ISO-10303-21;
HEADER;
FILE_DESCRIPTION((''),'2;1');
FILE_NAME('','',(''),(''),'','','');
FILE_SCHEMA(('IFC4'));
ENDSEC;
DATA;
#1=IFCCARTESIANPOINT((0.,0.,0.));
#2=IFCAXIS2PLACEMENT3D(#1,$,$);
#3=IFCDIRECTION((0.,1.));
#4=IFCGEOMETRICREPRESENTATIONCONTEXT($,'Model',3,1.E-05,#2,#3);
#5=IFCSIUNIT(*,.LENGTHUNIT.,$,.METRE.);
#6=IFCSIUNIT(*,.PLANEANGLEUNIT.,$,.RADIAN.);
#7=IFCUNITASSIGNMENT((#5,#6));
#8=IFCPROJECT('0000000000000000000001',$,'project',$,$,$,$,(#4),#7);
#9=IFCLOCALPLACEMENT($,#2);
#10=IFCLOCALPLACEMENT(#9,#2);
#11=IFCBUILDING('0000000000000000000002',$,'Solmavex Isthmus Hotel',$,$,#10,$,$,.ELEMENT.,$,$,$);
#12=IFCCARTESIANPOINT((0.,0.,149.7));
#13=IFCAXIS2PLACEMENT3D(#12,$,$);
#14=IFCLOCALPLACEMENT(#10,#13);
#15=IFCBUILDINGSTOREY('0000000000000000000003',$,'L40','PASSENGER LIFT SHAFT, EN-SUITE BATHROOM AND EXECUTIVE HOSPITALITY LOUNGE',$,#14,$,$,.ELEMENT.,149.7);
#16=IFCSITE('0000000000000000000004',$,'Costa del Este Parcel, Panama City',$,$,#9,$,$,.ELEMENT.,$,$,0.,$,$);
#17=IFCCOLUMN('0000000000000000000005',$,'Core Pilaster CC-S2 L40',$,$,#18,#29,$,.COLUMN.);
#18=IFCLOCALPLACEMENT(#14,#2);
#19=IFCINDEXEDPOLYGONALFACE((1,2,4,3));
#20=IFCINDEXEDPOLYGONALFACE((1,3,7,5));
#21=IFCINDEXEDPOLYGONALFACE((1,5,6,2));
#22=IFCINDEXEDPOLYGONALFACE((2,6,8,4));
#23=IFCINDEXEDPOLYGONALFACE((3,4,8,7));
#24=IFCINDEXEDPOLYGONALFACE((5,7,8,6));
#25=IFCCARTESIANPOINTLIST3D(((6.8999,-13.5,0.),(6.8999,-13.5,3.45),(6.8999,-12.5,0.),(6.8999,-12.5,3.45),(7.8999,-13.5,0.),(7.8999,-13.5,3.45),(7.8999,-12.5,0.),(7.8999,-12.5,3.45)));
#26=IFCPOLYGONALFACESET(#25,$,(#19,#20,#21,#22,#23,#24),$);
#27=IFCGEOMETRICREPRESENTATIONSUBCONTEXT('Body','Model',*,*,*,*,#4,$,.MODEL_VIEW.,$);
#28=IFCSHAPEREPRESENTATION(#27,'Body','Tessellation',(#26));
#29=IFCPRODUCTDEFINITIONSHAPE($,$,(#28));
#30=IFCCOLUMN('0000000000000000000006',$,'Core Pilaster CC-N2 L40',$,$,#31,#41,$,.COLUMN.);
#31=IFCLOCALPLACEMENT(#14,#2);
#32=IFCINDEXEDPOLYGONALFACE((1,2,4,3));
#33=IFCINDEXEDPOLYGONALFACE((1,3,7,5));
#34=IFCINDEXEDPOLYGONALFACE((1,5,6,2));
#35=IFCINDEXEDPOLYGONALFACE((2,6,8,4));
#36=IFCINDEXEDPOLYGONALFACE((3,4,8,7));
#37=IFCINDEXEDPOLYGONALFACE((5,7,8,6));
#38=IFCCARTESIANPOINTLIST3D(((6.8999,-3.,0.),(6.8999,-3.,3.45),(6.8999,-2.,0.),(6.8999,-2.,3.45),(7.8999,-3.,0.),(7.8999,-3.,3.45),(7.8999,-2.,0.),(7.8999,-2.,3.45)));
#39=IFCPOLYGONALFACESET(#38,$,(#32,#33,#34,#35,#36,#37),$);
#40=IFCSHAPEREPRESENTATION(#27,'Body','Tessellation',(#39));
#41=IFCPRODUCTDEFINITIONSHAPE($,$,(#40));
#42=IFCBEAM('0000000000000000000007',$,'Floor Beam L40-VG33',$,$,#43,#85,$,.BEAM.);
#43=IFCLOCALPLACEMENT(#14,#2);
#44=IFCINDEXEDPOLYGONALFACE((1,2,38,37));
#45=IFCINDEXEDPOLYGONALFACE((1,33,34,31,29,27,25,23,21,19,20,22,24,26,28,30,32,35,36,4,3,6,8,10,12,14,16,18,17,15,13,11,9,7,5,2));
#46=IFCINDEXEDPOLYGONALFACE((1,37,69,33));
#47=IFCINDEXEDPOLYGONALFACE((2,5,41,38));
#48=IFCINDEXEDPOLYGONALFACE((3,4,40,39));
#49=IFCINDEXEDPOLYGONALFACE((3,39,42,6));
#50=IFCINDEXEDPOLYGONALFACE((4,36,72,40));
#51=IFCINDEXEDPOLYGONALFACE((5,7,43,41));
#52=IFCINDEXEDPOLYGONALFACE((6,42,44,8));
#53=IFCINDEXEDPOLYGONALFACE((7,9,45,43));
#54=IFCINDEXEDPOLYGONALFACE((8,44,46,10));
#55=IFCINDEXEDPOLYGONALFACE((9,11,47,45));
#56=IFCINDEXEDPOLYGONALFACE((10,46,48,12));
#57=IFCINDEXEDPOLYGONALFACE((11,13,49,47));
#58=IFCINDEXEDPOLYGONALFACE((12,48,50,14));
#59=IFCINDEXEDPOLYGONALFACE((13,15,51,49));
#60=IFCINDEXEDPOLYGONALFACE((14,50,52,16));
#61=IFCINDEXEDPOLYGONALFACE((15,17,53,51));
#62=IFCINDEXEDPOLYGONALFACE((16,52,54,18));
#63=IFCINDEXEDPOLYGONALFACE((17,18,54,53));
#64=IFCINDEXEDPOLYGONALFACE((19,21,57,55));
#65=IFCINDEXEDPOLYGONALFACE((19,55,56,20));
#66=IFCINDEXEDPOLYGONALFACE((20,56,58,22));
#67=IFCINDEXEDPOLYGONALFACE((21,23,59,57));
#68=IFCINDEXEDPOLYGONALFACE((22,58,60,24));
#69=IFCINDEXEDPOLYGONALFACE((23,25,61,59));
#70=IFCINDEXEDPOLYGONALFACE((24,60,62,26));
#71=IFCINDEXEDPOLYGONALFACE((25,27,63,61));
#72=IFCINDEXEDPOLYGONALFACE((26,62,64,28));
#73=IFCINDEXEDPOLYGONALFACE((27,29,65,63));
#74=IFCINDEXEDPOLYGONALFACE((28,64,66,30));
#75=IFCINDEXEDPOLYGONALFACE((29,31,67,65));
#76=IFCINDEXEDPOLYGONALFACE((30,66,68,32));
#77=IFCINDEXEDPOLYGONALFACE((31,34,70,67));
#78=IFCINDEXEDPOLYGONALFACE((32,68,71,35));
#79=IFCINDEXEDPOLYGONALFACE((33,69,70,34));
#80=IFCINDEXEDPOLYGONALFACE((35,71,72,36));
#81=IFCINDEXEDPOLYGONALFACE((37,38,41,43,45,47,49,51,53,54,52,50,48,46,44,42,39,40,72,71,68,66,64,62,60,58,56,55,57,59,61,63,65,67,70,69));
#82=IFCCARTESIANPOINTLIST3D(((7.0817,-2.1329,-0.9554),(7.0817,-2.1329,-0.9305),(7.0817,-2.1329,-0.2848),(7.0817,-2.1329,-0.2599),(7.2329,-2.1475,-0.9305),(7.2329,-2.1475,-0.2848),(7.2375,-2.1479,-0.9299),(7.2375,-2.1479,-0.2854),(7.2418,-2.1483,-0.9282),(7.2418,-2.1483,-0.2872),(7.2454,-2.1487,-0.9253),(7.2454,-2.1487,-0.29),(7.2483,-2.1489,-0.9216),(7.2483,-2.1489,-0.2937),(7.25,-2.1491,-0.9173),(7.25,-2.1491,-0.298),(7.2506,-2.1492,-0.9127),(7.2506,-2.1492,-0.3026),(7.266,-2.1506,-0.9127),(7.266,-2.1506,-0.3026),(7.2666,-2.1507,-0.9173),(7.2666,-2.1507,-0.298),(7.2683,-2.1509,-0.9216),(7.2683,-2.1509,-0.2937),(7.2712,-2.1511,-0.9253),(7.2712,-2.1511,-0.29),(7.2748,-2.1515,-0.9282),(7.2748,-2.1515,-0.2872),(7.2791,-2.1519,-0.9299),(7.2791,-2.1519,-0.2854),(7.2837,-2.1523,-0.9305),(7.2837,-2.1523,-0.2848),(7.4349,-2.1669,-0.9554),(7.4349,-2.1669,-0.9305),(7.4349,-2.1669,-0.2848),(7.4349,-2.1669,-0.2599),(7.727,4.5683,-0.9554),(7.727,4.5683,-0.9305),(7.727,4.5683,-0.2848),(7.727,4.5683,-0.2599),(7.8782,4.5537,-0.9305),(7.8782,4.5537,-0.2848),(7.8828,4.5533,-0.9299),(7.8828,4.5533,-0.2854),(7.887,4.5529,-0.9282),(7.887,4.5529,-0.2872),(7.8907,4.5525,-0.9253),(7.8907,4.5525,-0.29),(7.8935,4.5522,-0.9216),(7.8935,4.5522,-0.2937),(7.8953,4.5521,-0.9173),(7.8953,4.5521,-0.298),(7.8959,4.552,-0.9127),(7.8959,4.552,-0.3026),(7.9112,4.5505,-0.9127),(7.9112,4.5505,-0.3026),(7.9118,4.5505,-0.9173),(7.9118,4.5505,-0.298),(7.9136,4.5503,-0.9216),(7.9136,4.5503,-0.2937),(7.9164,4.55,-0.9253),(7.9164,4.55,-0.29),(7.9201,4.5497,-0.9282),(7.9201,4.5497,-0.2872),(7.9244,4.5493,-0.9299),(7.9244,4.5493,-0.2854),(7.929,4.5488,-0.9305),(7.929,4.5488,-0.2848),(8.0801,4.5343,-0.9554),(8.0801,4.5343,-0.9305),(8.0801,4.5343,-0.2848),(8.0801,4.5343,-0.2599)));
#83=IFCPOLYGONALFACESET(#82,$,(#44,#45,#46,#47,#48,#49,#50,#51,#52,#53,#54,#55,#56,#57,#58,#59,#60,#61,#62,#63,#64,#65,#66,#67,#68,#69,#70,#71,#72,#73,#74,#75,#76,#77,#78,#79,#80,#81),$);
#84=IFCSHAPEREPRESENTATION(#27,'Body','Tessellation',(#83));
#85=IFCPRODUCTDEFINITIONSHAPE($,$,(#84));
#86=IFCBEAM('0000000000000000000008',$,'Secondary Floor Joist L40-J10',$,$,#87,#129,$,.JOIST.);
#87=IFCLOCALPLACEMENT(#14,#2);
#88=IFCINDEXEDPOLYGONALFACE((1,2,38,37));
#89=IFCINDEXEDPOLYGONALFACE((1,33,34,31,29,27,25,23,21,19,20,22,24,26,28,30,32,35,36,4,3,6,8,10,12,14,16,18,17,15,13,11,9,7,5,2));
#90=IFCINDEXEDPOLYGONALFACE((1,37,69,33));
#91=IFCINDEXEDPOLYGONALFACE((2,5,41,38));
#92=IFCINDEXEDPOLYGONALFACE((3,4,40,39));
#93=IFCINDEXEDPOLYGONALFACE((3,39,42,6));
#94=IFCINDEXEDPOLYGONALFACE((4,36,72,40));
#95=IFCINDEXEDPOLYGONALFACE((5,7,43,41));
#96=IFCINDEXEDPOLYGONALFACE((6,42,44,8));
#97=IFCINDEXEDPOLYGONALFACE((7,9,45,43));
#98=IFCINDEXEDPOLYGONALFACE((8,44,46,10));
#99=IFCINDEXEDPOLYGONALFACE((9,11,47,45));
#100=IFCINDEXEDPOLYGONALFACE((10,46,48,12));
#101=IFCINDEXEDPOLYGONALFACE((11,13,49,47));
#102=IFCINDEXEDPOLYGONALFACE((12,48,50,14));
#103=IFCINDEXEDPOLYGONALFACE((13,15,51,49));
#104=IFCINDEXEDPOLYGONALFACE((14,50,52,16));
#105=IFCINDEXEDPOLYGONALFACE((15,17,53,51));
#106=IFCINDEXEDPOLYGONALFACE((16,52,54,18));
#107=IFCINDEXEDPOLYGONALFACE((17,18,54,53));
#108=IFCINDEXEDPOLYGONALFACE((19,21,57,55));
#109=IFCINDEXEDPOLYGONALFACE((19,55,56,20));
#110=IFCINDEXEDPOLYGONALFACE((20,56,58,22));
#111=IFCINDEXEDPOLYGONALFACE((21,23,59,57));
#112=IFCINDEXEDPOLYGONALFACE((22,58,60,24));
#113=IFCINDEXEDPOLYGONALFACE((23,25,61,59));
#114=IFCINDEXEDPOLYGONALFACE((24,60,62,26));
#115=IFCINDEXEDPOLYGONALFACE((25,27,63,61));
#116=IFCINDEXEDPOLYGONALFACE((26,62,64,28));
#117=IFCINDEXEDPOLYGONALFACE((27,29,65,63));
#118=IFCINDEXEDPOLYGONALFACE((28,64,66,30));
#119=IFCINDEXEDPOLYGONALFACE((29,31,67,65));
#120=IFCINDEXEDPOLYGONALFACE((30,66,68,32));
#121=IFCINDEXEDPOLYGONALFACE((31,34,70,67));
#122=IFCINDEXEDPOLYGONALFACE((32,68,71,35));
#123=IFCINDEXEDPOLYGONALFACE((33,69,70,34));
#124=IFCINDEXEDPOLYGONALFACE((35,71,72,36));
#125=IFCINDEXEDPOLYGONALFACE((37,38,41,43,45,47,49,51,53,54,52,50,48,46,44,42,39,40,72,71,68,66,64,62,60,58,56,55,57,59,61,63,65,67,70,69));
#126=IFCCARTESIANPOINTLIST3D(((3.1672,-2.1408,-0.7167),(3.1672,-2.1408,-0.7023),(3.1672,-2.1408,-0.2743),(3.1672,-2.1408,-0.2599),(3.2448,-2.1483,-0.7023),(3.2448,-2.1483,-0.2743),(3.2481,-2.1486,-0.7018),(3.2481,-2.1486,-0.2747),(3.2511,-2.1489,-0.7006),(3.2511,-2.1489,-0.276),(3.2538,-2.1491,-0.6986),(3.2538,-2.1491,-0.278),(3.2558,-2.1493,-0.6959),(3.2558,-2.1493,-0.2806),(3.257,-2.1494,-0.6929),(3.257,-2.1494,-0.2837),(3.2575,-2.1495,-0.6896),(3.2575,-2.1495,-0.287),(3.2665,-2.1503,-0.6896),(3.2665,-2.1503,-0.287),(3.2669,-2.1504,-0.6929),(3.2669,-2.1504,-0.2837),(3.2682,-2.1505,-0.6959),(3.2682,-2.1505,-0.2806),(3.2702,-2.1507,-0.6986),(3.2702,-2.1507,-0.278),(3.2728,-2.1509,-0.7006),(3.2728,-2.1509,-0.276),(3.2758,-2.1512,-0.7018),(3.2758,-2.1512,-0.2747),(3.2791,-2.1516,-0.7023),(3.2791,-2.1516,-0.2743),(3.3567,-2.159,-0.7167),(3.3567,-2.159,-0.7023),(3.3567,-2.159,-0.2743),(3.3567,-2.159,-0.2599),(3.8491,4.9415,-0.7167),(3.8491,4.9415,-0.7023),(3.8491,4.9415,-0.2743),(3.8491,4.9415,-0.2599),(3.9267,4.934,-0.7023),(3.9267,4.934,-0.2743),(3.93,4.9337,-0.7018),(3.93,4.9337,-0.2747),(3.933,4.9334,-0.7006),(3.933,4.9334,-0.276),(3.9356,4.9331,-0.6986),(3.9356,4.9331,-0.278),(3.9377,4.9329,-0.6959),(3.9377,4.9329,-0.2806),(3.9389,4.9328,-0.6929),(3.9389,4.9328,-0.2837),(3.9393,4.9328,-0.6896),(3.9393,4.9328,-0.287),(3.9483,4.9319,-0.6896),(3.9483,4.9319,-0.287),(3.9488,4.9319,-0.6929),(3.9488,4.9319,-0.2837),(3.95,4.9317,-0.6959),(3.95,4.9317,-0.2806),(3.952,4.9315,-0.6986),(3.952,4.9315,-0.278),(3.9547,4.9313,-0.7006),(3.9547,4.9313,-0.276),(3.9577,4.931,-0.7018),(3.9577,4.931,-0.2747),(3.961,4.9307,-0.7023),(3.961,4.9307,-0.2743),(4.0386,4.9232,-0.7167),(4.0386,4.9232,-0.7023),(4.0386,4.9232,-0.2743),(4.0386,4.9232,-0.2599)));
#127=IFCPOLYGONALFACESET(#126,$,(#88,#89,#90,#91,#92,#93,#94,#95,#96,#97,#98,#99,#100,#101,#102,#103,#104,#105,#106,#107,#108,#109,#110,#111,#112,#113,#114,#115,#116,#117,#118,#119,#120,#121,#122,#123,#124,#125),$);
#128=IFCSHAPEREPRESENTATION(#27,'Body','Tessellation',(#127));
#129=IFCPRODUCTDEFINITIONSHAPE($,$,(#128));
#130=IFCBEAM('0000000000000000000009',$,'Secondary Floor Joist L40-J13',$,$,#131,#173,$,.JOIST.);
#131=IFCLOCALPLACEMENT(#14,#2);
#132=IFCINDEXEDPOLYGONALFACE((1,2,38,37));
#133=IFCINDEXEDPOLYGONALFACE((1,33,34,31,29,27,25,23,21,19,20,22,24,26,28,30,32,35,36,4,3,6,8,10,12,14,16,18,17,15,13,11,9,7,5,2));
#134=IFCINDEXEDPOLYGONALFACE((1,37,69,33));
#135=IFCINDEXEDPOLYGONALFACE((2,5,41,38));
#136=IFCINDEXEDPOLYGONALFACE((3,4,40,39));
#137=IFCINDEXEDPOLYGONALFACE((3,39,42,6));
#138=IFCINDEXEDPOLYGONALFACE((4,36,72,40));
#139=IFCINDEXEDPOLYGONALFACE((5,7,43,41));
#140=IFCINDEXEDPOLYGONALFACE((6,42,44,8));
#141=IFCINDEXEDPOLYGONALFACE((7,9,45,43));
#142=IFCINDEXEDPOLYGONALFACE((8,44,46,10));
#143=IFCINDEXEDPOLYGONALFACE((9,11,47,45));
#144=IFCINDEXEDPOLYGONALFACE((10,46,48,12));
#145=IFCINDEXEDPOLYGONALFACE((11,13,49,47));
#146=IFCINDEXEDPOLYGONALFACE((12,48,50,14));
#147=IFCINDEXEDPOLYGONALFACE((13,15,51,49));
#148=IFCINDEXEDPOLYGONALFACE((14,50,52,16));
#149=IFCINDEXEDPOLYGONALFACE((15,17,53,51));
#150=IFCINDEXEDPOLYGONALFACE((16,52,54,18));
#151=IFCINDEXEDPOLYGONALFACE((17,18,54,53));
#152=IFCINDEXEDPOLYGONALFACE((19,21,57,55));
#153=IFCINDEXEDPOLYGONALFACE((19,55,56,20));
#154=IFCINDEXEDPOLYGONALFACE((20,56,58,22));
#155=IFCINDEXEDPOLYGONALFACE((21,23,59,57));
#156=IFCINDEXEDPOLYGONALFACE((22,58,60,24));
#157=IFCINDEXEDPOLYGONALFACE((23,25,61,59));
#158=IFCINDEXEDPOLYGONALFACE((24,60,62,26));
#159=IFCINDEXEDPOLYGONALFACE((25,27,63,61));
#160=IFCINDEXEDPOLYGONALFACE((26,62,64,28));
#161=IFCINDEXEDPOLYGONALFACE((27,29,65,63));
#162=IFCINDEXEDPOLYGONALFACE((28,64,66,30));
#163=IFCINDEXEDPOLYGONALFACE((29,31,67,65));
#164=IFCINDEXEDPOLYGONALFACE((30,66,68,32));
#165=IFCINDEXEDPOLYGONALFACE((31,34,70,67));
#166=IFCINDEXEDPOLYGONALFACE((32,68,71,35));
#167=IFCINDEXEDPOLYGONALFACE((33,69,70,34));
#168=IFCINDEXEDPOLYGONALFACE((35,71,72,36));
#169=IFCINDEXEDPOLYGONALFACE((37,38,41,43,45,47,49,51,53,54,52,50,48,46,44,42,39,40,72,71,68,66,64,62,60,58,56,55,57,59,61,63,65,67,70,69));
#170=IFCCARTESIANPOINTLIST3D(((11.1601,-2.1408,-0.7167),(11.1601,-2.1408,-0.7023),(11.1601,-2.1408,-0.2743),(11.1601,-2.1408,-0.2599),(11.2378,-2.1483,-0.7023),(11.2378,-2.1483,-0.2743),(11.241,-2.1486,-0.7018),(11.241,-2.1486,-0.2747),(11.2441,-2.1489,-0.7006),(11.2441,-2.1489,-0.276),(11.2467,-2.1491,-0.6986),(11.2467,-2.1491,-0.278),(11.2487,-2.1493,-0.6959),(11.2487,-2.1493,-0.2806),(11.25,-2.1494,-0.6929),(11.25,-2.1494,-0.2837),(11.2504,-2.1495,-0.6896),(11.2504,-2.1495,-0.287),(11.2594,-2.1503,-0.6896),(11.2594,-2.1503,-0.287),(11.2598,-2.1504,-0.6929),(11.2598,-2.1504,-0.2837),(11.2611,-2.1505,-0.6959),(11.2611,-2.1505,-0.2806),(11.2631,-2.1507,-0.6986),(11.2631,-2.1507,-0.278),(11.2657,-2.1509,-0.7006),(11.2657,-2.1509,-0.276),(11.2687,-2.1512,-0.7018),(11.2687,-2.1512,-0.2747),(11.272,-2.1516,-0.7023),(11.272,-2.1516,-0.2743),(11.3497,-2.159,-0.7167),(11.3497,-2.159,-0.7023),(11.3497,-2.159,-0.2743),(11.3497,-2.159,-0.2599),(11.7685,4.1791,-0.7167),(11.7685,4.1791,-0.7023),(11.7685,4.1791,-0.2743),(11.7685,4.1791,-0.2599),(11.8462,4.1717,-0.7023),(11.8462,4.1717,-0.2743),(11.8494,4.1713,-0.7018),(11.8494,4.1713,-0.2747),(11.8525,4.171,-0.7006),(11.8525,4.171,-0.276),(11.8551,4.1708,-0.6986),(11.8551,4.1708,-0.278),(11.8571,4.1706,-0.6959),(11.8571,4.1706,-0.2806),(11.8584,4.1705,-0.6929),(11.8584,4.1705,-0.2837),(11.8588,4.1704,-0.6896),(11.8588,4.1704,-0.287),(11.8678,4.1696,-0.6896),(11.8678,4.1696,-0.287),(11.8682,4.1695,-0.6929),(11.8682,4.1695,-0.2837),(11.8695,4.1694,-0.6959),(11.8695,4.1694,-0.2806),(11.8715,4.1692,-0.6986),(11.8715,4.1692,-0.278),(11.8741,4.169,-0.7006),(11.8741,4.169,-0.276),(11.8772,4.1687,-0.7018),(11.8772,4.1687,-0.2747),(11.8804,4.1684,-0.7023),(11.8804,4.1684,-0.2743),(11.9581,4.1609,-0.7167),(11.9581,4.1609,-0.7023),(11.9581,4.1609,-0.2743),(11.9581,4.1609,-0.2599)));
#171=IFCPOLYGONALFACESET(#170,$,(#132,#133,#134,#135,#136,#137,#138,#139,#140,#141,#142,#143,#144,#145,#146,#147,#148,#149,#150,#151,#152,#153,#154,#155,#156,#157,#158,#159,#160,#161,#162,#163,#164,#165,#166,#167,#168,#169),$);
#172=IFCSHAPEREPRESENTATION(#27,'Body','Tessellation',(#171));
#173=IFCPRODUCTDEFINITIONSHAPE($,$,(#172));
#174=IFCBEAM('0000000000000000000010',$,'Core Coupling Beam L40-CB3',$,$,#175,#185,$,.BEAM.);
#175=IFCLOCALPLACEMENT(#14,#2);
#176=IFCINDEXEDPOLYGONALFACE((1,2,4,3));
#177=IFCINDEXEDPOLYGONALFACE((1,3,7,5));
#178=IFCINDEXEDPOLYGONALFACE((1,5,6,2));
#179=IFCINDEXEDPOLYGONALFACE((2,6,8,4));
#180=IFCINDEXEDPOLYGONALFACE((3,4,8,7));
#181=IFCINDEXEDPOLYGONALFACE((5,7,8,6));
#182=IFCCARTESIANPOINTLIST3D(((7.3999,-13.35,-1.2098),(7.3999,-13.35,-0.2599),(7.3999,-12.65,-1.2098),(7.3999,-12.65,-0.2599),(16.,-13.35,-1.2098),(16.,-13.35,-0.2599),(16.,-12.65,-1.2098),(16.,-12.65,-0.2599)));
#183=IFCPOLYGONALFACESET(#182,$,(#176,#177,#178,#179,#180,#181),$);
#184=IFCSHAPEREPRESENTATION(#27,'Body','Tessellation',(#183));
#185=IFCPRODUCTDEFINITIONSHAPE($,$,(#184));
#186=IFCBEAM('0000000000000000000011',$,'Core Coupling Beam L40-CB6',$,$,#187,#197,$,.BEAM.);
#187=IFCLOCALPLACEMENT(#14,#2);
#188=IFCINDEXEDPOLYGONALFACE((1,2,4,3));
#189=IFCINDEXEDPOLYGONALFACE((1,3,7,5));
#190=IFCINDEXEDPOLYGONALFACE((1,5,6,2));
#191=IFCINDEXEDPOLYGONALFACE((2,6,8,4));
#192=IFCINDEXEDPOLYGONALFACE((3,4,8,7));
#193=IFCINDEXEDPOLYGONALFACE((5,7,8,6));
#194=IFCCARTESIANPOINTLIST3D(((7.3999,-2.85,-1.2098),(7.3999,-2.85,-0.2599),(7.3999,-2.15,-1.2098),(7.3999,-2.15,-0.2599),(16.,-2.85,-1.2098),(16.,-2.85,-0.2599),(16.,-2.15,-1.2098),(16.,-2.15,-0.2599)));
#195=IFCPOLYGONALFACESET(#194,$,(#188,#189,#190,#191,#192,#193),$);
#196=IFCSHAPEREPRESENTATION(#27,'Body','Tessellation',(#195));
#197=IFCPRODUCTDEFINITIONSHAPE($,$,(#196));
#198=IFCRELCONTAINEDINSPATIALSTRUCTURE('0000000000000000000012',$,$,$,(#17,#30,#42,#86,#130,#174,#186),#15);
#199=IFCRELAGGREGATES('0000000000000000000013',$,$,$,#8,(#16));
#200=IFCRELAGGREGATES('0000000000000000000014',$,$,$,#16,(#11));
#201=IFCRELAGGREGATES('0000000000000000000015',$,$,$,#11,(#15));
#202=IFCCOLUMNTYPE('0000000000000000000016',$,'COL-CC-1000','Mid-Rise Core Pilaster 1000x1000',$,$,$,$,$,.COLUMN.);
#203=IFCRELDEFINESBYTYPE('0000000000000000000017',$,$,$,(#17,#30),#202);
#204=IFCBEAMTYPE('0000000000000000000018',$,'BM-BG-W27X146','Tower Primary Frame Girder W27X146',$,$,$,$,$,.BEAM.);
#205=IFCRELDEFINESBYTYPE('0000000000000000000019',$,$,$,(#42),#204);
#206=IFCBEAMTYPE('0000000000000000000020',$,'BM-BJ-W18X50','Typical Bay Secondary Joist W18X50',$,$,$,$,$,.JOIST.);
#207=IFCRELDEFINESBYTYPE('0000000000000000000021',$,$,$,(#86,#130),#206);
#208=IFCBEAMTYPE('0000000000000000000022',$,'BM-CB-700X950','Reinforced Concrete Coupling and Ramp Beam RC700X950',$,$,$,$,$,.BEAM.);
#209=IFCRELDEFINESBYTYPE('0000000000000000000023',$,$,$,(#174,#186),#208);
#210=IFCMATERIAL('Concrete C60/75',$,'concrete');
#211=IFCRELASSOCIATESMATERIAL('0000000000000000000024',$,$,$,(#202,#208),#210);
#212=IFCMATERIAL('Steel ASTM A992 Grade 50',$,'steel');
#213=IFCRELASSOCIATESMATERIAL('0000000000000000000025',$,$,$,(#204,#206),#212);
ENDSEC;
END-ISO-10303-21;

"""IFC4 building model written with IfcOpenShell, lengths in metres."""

from ifc_helpers import new_model, si_unit, direction, frame, origin, origin_2d, place, context, subcontext, project, spatial, rectangle, i_section, extrude, material, material_profile, profile_set, type_object, element, save


model = new_model("IFC4")

# Units and contexts
model_context = context("Model", 3, precision=1e-05, world=origin(), true_north=direction((0.0, 1.0)))
body_context = subcontext(model_context, "Body", "Model", "MODEL_VIEW")
ifc_project = project(units=[si_unit("LENGTHUNIT", "METRE"), si_unit("PLANEANGLEUNIT", "RADIAN")], contexts=[model_context])

# Site, building, storey
site_placement = place(None, origin())
site = spatial("IfcSite", under=ifc_project, at=site_placement, Name="Costa del Este Parcel, Panama City", CompositionType="ELEMENT", RefElevation=0.0)
building_placement = place(site_placement, origin())
building = spatial("IfcBuilding", under=site, at=building_placement, Name="Solmavex Isthmus Hotel", CompositionType="ELEMENT")
storey_placement = place(building_placement, frame((0.0, 0.0, 149.7)))
storey = spatial("IfcBuildingStorey", under=building, at=storey_placement, Name="L40", Description="PASSENGER LIFT SHAFT, EN-SUITE BATHROOM AND EXECUTIVE HOSPITALITY LOUNGE", CompositionType="ELEMENT", Elevation=149.7)

# Columns
ifc_material_1 = material(Name="Concrete C60/75", Category="concrete")
ifc_material_profile_1 = material_profile(ifc_material_1, rectangle(XDim=1.0, YDim=1.0, at=origin_2d()), Name="RC1000X1000")
ifc_profile_set_1 = profile_set([ifc_material_profile_1], Name="Concrete C60/75")
column_type = type_object("IfcColumnType", Name="COL-CC-1000", Description="Mid-Rise Core Pilaster 1000x1000", PredefinedType="COLUMN", material=ifc_profile_set_1)
for number, where, z_axis, x_axis, name in (
    (1, (7.3999, -13.0, 0.0), (0.0, 0.0, 1.0), (1.0, 0.0, 0.0), "Core Pilaster CC-S2 L40"),
    (2, (7.3999, -2.5, 0.0), (0.0, 0.0, 1.0), (1.0, 0.0, 0.0), "Core Pilaster CC-N2 L40"),
):
    element("IfcColumn", number, at=place(storey_placement, frame(where, z_axis=z_axis, x_axis=x_axis)), inside=storey, type_object=column_type, Name=name, PredefinedType="COLUMN", context=body_context, shape_type="SweptSolid", body=[
        extrude(rectangle(XDim=1.0, YDim=1.0, at=origin_2d()), origin(), (0.0, 0.0, 1.0), 3.45),
    ])

# Beams
ifc_material_2 = material(Name="Steel ASTM A992 Grade 50", Category="steel")
ifc_material_profile_2 = material_profile(ifc_material_2, i_section(OverallWidth=0.3547, OverallDepth=0.6956, WebThickness=0.0154, FlangeThickness=0.0249, FilletRadius=0.0178, at=origin_2d()), Name="W27X146")
ifc_profile_set_2 = profile_set([ifc_material_profile_2], Name="Steel ASTM A992 Grade 50")
beam_type_1 = type_object("IfcBeamType", Name="BM-BG-W27X146", Description="Tower Primary Frame Girder W27X146", PredefinedType="BEAM", material=ifc_profile_set_2)
beam_1_placement = place(storey_placement, frame((7.2583, -2.1499, -0.6077), z_axis=(0.095848, 0.995396, 0.0), x_axis=(-0.995396, 0.095848, 0.0)))
element("IfcBeam", 3, at=beam_1_placement, inside=storey, type_object=beam_type_1, Name="Floor Beam L40-VG33", PredefinedType="BEAM", context=body_context, shape_type="SweptSolid", body=[
    extrude(i_section(OverallWidth=0.3547, OverallDepth=0.6956, WebThickness=0.0154, FlangeThickness=0.0249, FilletRadius=0.0178, at=origin_2d()), origin(), (0.0, 0.0, 1.0), 6.7322),
])
ifc_material_profile_3 = material_profile(ifc_material_2, i_section(OverallWidth=0.1904, OverallDepth=0.4568, WebThickness=0.009, FlangeThickness=0.0144, FilletRadius=0.0127, at=origin_2d()), Name="W18X50")
ifc_profile_set_3 = profile_set([ifc_material_profile_3], Name="Steel ASTM A992 Grade 50")
beam_type_2 = type_object("IfcBeamType", Name="BM-BJ-W18X50", Description="Typical Bay Secondary Joist W18X50", PredefinedType="JOIST", material=ifc_profile_set_3)
beam_2_placement = place(storey_placement, frame((3.262, -2.1499, -0.4883), z_axis=(0.095837, 0.995397, 0.0), x_axis=(-0.995397, 0.095837, 0.0)))
element("IfcBeam", 4, at=beam_2_placement, inside=storey, type_object=beam_type_2, Name="Secondary Floor Joist L40-J10", PredefinedType="JOIST", context=body_context, shape_type="SweptSolid", body=[
    extrude(i_section(OverallWidth=0.1904, OverallDepth=0.4568, WebThickness=0.009, FlangeThickness=0.0144, FilletRadius=0.0127, at=origin_2d()), origin(), (0.0, 0.0, 1.0), 7.115),
])
beam_3_placement = place(storey_placement, frame((11.2549, -2.1499, -0.4883), z_axis=(0.095825, 0.995398, 0.0), x_axis=(-0.995398, 0.095825, 0.0)))
element("IfcBeam", 5, at=beam_3_placement, inside=storey, type_object=beam_type_2, Name="Secondary Floor Joist L40-J13", PredefinedType="JOIST", context=body_context, shape_type="SweptSolid", body=[
    extrude(i_section(OverallWidth=0.1904, OverallDepth=0.4568, WebThickness=0.009, FlangeThickness=0.0144, FilletRadius=0.0127, at=origin_2d()), origin(), (0.0, 0.0, 1.0), 6.3491),
])
ifc_material_profile_4 = material_profile(ifc_material_1, rectangle(XDim=0.7, YDim=0.95, at=origin_2d()), Name="RC700X950")
ifc_profile_set_4 = profile_set([ifc_material_profile_4], Name="Concrete C60/75")
beam_type_3 = type_object("IfcBeamType", Name="BM-CB-700X950", Description="Reinforced Concrete Coupling and Ramp Beam RC700X950", PredefinedType="BEAM", material=ifc_profile_set_4)
for number, where, z_axis, x_axis, name in (
    (6, (7.3999, -13.0, -0.7349), (1.0, 0.0, 0.0), (0.0, 1.0, 0.0), "Core Coupling Beam L40-CB3"),
    (7, (7.3999, -2.5, -0.7349), (1.0, 0.0, 0.0), (0.0, 1.0, 0.0), "Core Coupling Beam L40-CB6"),
):
    element("IfcBeam", number, at=place(storey_placement, frame(where, z_axis=z_axis, x_axis=x_axis)), inside=storey, type_object=beam_type_3, Name=name, PredefinedType="BEAM", context=body_context, shape_type="SweptSolid", body=[
        extrude(rectangle(XDim=0.7, YDim=0.95, at=origin_2d()), origin(), (0.0, 0.0, 1.0), 8.6001),
    ])

save(model, "model.ifc")
